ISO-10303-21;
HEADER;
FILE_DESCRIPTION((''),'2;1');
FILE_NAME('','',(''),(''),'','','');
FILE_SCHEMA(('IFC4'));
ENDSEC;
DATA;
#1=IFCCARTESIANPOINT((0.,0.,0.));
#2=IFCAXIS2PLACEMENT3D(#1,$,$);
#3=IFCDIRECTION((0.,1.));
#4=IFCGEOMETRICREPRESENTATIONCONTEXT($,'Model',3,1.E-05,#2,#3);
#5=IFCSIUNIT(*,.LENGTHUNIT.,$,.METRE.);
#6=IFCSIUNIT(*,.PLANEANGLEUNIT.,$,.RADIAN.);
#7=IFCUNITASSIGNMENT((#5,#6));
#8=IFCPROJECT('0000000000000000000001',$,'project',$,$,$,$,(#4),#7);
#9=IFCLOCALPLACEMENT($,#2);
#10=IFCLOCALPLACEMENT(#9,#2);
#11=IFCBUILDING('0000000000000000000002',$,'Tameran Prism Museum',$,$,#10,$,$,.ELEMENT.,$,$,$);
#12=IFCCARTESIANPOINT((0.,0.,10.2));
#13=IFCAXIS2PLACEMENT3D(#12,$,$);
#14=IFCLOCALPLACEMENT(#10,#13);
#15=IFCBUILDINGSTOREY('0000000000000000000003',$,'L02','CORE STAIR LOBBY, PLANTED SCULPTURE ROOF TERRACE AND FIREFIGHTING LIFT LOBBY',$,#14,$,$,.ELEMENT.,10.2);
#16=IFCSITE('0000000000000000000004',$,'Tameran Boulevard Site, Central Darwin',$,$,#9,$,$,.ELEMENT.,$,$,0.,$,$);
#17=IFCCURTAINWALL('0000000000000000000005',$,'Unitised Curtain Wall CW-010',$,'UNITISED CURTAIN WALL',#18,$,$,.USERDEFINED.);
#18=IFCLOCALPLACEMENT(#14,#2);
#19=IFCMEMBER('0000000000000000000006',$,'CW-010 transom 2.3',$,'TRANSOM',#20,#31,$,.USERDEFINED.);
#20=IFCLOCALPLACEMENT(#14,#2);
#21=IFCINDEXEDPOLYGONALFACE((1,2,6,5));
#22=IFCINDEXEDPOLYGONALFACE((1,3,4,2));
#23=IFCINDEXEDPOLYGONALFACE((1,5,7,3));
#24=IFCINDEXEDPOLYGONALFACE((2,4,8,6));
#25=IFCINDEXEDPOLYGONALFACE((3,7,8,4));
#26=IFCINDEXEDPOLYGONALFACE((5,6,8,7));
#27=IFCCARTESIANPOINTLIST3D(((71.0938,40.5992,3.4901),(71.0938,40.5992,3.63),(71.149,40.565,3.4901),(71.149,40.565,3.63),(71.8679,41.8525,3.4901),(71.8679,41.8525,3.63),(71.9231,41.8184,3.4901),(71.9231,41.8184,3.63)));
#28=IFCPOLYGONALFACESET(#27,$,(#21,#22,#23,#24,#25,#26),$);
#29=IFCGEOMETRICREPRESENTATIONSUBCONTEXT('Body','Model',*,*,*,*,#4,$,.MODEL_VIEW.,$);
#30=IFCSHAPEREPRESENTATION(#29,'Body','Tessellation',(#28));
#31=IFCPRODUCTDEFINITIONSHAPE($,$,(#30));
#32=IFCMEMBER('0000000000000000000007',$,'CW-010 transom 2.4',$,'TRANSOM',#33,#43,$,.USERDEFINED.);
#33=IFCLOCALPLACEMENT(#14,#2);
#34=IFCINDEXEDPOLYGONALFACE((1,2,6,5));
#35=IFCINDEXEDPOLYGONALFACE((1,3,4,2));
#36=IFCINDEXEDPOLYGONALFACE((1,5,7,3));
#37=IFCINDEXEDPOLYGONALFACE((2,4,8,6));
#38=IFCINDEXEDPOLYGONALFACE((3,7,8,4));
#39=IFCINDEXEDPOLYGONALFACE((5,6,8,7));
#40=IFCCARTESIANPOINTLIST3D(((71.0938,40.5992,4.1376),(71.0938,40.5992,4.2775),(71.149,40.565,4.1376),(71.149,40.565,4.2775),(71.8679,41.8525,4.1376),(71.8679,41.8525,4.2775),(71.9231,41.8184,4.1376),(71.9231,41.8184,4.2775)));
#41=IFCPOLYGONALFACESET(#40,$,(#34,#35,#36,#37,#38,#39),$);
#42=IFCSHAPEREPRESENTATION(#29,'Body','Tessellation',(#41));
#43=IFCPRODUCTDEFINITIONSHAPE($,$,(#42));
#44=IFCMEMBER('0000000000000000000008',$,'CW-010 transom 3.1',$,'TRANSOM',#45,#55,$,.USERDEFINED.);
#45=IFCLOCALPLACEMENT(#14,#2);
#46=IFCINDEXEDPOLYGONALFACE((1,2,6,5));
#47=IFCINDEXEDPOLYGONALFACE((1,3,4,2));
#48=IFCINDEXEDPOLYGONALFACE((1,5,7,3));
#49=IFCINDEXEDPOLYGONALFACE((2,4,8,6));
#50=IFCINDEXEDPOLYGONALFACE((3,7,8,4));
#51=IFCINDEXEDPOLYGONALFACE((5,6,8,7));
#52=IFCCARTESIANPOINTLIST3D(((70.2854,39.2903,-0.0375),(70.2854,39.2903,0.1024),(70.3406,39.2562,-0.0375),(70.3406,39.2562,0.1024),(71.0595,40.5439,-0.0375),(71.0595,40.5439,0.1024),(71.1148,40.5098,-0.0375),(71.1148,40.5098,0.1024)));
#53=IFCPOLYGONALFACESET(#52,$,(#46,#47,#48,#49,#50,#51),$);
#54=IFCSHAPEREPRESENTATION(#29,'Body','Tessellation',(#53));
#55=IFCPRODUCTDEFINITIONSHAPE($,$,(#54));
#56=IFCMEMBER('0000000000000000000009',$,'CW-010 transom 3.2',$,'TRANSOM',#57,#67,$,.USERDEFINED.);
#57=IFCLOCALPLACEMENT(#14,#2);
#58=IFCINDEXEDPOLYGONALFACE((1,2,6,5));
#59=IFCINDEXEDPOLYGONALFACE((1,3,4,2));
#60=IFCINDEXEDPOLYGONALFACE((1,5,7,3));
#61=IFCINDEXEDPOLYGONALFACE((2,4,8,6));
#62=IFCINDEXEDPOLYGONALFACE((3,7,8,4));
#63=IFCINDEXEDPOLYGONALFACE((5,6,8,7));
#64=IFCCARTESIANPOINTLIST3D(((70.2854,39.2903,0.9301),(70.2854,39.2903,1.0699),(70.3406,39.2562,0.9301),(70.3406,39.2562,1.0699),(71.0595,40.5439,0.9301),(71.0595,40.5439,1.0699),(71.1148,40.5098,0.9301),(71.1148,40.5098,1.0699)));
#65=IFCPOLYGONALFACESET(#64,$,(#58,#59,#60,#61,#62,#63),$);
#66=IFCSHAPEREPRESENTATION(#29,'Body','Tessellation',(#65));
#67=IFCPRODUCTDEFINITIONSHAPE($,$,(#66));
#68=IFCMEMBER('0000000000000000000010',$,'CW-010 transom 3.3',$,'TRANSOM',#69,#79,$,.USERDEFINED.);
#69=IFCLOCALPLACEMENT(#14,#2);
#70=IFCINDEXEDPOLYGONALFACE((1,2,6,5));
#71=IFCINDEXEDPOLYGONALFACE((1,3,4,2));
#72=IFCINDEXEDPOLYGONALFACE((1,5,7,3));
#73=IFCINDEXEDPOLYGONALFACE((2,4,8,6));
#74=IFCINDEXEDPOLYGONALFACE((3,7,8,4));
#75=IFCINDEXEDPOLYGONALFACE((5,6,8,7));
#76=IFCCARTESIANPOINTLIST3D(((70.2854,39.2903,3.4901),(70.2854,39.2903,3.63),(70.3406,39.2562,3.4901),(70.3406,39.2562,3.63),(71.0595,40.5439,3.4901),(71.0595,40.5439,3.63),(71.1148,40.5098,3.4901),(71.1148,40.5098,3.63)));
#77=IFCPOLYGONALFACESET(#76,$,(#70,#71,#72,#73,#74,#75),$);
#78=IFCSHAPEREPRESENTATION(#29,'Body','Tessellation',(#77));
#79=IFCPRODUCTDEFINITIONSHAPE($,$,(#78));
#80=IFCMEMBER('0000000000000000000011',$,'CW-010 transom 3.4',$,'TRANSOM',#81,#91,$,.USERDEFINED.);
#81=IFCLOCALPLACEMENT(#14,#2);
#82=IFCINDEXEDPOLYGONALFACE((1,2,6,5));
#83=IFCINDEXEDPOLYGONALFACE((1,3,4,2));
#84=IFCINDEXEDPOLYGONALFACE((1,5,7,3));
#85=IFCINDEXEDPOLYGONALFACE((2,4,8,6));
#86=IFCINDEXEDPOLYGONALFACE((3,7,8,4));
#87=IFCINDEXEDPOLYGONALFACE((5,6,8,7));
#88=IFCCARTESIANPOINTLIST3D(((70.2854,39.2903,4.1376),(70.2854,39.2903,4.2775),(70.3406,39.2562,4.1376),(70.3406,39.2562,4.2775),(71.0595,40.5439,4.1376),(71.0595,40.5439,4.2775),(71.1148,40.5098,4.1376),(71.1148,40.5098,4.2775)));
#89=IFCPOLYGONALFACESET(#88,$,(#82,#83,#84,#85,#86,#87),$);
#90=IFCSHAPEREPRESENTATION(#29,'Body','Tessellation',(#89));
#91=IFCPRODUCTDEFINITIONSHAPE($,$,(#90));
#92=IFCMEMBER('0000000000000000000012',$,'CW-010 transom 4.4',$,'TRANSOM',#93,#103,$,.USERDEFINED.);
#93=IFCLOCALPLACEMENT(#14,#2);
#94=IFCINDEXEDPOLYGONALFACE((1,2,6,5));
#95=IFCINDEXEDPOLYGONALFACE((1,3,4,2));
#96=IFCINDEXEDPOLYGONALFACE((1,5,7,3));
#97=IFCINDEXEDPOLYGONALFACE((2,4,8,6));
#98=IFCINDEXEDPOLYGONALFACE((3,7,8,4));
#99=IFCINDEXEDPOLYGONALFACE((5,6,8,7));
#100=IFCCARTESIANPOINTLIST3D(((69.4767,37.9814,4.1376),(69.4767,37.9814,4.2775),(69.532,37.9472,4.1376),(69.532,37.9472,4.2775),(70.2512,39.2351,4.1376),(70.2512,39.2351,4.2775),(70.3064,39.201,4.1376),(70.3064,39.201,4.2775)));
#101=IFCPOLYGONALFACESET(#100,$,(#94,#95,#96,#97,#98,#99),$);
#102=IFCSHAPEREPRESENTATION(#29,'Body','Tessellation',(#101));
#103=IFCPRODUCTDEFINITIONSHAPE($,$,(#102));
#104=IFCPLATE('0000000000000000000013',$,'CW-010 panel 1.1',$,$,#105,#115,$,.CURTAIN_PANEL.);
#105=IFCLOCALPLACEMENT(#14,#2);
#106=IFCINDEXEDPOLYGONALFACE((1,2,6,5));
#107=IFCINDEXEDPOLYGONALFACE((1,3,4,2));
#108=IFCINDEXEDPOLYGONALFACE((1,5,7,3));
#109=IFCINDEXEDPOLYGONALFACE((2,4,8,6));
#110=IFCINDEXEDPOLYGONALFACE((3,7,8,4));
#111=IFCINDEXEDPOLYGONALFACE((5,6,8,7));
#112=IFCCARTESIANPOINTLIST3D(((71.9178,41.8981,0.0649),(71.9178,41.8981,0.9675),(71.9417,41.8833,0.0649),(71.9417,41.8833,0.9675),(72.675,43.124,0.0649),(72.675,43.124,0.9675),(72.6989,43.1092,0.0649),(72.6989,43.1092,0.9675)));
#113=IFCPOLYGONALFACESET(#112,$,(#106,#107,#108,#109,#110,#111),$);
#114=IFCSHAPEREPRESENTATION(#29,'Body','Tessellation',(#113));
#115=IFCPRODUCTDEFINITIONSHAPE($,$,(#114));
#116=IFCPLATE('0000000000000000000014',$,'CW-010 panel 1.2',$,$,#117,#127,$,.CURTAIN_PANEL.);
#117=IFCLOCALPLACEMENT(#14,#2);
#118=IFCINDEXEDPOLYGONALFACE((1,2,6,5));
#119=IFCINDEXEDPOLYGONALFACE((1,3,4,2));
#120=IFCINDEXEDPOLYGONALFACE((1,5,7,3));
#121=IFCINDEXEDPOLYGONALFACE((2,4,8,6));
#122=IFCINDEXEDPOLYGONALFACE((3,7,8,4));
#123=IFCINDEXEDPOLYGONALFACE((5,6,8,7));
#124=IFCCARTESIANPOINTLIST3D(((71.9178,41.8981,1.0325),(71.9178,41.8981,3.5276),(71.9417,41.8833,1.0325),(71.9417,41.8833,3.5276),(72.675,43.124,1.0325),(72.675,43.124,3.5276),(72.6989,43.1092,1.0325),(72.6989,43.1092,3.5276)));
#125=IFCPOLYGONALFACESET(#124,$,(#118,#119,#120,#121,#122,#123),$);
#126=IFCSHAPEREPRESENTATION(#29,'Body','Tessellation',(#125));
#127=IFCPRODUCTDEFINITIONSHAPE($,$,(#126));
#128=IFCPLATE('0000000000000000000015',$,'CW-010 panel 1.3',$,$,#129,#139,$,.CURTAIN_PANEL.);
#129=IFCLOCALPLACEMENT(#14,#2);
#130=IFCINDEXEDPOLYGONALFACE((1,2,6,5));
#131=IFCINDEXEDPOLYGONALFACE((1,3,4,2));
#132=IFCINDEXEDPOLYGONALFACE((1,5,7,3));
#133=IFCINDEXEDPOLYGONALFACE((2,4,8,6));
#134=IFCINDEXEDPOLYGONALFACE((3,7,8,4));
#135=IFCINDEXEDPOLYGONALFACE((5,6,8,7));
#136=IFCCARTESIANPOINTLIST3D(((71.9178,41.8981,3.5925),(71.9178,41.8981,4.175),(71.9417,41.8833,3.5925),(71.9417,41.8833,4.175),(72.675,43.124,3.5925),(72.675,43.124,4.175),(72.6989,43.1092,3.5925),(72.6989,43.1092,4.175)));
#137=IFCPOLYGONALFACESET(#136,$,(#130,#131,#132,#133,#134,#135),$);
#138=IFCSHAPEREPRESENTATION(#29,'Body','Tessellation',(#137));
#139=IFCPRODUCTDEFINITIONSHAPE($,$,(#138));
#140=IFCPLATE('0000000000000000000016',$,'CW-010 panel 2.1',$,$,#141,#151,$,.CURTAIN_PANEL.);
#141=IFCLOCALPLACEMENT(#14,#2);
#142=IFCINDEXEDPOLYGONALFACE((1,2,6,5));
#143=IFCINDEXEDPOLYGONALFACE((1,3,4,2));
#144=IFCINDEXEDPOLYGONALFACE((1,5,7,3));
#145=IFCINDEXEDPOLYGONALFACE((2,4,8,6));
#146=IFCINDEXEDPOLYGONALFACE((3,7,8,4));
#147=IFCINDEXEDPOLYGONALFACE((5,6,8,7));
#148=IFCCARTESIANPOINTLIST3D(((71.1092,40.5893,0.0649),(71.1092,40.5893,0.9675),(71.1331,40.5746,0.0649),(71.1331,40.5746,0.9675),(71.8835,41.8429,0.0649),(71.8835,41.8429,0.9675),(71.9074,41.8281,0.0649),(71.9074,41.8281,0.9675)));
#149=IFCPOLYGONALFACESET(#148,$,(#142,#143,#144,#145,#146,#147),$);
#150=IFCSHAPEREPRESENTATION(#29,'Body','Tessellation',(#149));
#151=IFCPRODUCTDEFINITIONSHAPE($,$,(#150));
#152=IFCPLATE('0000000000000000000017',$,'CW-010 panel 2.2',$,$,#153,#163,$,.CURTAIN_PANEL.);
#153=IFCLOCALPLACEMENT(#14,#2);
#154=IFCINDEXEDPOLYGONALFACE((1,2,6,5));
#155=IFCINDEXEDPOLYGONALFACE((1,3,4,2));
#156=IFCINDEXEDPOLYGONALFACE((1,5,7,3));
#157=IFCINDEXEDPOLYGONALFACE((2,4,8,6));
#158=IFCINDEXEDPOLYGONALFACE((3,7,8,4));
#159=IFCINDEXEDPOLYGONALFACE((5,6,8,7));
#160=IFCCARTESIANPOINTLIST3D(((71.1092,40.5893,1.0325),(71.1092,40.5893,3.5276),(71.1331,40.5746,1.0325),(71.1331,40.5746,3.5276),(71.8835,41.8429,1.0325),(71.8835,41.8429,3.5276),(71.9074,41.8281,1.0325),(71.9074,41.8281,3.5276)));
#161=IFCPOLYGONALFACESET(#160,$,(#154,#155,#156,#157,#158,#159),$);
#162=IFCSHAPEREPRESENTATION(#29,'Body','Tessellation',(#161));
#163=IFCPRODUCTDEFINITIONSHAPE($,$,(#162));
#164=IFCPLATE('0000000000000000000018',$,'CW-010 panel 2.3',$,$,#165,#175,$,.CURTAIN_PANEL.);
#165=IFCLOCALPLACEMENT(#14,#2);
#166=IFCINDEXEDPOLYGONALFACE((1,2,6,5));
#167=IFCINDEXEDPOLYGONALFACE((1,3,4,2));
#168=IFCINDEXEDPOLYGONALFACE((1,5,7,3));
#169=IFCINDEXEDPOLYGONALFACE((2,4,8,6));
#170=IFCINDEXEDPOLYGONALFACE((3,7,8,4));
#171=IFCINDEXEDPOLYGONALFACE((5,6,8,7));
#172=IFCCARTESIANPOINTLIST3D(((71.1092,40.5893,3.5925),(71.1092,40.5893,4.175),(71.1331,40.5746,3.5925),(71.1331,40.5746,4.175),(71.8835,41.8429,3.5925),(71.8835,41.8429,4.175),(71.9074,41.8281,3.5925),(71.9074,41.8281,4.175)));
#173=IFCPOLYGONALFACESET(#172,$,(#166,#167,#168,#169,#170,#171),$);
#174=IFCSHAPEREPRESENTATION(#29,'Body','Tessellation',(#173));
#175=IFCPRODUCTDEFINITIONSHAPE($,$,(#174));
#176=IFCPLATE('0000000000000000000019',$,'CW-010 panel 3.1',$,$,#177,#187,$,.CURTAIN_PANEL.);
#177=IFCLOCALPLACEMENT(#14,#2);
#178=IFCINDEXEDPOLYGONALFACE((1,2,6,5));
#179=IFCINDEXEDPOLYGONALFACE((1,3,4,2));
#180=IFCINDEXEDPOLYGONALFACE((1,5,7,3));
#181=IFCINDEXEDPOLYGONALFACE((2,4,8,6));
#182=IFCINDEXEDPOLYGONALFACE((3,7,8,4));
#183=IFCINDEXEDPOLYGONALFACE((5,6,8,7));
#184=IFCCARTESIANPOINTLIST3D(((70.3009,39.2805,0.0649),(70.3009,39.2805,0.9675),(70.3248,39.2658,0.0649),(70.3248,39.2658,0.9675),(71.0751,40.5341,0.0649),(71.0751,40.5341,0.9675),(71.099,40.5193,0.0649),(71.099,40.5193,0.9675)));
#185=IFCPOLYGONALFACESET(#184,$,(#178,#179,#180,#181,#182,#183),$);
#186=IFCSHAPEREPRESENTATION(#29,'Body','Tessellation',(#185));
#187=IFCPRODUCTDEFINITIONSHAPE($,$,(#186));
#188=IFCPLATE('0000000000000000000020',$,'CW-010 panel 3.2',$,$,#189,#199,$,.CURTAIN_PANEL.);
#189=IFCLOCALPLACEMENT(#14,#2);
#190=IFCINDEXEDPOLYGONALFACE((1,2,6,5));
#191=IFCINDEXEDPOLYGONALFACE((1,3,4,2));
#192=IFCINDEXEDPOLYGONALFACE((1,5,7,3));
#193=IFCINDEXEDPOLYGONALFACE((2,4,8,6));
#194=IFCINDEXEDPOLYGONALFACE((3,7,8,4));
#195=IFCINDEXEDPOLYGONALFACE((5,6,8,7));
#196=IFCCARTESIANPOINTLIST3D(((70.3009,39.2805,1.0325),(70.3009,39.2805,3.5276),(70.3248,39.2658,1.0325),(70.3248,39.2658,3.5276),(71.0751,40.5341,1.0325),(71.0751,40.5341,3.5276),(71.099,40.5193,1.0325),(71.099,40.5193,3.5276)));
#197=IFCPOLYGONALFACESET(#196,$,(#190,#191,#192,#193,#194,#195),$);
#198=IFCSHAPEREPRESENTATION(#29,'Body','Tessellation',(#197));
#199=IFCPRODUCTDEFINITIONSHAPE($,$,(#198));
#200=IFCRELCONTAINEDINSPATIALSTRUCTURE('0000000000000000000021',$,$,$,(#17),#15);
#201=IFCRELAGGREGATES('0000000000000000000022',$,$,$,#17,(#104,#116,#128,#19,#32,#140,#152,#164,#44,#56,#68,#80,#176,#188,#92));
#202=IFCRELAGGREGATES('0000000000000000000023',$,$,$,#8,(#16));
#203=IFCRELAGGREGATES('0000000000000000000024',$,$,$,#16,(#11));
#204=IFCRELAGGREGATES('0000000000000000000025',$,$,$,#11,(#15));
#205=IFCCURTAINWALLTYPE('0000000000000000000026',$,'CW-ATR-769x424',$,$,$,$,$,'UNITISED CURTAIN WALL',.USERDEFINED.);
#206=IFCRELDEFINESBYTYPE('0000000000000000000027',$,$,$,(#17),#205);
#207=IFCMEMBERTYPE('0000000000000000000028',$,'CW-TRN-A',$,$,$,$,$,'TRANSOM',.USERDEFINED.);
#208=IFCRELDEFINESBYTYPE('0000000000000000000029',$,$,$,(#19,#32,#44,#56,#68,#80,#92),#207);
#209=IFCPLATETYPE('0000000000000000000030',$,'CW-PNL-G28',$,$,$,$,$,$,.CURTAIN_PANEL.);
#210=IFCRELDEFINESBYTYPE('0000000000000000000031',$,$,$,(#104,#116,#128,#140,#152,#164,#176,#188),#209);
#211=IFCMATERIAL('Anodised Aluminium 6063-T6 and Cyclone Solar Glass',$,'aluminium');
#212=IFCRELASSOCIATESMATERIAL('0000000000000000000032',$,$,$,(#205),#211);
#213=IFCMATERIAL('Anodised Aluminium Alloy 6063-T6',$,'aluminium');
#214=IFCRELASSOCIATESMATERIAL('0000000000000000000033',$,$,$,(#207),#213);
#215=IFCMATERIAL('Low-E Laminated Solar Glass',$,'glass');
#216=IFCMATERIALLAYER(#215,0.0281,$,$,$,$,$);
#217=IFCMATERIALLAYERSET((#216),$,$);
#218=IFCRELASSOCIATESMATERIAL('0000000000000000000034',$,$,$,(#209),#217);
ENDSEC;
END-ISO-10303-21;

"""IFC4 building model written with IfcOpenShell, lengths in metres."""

from ifc_helpers import new_model, si_unit, direction, frame, origin, origin_2d, place, context, subcontext, project, spatial, rectangle, extrude, material, layer, layer_set, material_profile, profile_set, type_object, element, aggregate, save


model = new_model("IFC4")

# Units and contexts
model_context = context("Model", 3, precision=1e-05, world=origin(), true_north=direction((0.0, 1.0)))
body_context = subcontext(model_context, "Body", "Model", "MODEL_VIEW")
ifc_project = project(units=[si_unit("LENGTHUNIT", "METRE"), si_unit("PLANEANGLEUNIT", "RADIAN")], contexts=[model_context])

# Site, building, storey
site_placement = place(None, origin())
site = spatial("IfcSite", under=ifc_project, at=site_placement, Name="Tameran Boulevard Site, Central Darwin", CompositionType="ELEMENT", RefElevation=0.0)
building_placement = place(site_placement, origin())
building = spatial("IfcBuilding", under=site, at=building_placement, Name="Tameran Prism Museum", CompositionType="ELEMENT")
storey_placement = place(building_placement, frame((0.0, 0.0, 10.2)))
storey = spatial("IfcBuildingStorey", under=building, at=storey_placement, Name="L02", Description="CORE STAIR LOBBY, PLANTED SCULPTURE ROOF TERRACE AND FIREFIGHTING LIFT LOBBY", CompositionType="ELEMENT", Elevation=10.2)

# Curtain wall, members, plates
ifc_material_1 = material(Name="Anodised Aluminium 6063-T6 and Cyclone Solar Glass", Category="aluminium")
curtain_wall_type = type_object("IfcCurtainWallType", Name="CW-ATR-769x424", ElementType="UNITISED CURTAIN WALL", PredefinedType="USERDEFINED", material=ifc_material_1)
curtain_wall_placement = place(storey_placement, origin())
curtain_wall = element("IfcCurtainWall", 1, at=curtain_wall_placement, inside=storey, type_object=curtain_wall_type, Name="Unitised Curtain Wall CW-010", ObjectType="UNITISED CURTAIN WALL", PredefinedType="USERDEFINED")
ifc_material_2 = material(Name="Anodised Aluminium Alloy 6063-T6", Category="aluminium")
ifc_material_profile_1 = material_profile(ifc_material_2, rectangle(XDim=0.0649, YDim=0.1399, at=origin_2d()))
ifc_profile_set_1 = profile_set([ifc_material_profile_1])
member_type_1 = type_object("IfcMemberType", Name="CW-TRN-A", ElementType="TRANSOM", PredefinedType="USERDEFINED", material=ifc_profile_set_1)
member_1_placement = place(storey_placement, frame((71.8955, 41.8354, 3.5601), z_axis=(-0.525493, -0.850798, 0.0), x_axis=(0.850798, -0.525493, 0.0)))
member_1 = element("IfcMember", 2, at=member_1_placement, type_object=member_type_1, Name="CW-010 transom 2.3", ObjectType="TRANSOM", PredefinedType="USERDEFINED", context=body_context, shape_type="SweptSolid", body=[
    extrude(rectangle(XDim=0.0649, YDim=0.1399, at=origin_2d()), origin(), (0.0, 0.0, 1.0), 1.4731),
])
member_2_placement = place(storey_placement, frame((71.8955, 41.8354, 4.2075), z_axis=(-0.525493, -0.850798, 0.0), x_axis=(0.850798, -0.525493, 0.0)))
member_2 = element("IfcMember", 3, at=member_2_placement, type_object=member_type_1, Name="CW-010 transom 2.4", ObjectType="TRANSOM", PredefinedType="USERDEFINED", context=body_context, shape_type="SweptSolid", body=[
    extrude(rectangle(XDim=0.0649, YDim=0.1399, at=origin_2d()), origin(), (0.0, 0.0, 1.0), 1.4731),
])
member_3_placement = place(storey_placement, frame((71.0872, 40.5269, 0.0325), z_axis=(-0.525419, -0.850844, 0.0), x_axis=(0.850844, -0.525419, 0.0)))
member_3 = element("IfcMember", 4, at=member_3_placement, type_object=member_type_1, Name="CW-010 transom 3.1", ObjectType="TRANSOM", PredefinedType="USERDEFINED", context=body_context, shape_type="SweptSolid", body=[
    extrude(rectangle(XDim=0.0649, YDim=0.1399, at=origin_2d()), origin(), (0.0, 0.0, 1.0), 1.4734),
])
member_4_placement = place(storey_placement, frame((71.0872, 40.5269, 1.0), z_axis=(-0.525419, -0.850844, 0.0), x_axis=(0.850844, -0.525419, 0.0)))
member_4 = element("IfcMember", 5, at=member_4_placement, type_object=member_type_1, Name="CW-010 transom 3.2", ObjectType="TRANSOM", PredefinedType="USERDEFINED", context=body_context, shape_type="SweptSolid", body=[
    extrude(rectangle(XDim=0.0649, YDim=0.1399, at=origin_2d()), origin(), (0.0, 0.0, 1.0), 1.4734),
])
member_5_placement = place(storey_placement, frame((71.0872, 40.5269, 3.5601), z_axis=(-0.525419, -0.850844, 0.0), x_axis=(0.850844, -0.525419, 0.0)))
member_5 = element("IfcMember", 6, at=member_5_placement, type_object=member_type_1, Name="CW-010 transom 3.3", ObjectType="TRANSOM", PredefinedType="USERDEFINED", context=body_context, shape_type="SweptSolid", body=[
    extrude(rectangle(XDim=0.0649, YDim=0.1399, at=origin_2d()), origin(), (0.0, 0.0, 1.0), 1.4734),
])
member_6_placement = place(storey_placement, frame((71.0872, 40.5269, 4.2075), z_axis=(-0.525419, -0.850844, 0.0), x_axis=(0.850844, -0.525419, 0.0)))
member_6 = element("IfcMember", 7, at=member_6_placement, type_object=member_type_1, Name="CW-010 transom 3.4", ObjectType="TRANSOM", PredefinedType="USERDEFINED", context=body_context, shape_type="SweptSolid", body=[
    extrude(rectangle(XDim=0.0649, YDim=0.1399, at=origin_2d()), origin(), (0.0, 0.0, 1.0), 1.4734),
])
member_7_placement = place(storey_placement, frame((70.2788, 39.218, 4.2075), z_axis=(-0.525539, -0.85077, 0.0), x_axis=(0.85077, -0.525539, 0.0)))
member_7 = element("IfcMember", 8, at=member_7_placement, type_object=member_type_1, Name="CW-010 transom 4.4", ObjectType="TRANSOM", PredefinedType="USERDEFINED", context=body_context, shape_type="SweptSolid", body=[
    extrude(rectangle(XDim=0.0649, YDim=0.1399, at=origin_2d()), origin(), (0.0, 0.0, 1.0), 1.4736),
])
ifc_material_3 = material(Name="Low-E Laminated Solar Glass", Category="glass")
ifc_layer_1 = layer(ifc_material_3, 0.0281)
ifc_layer_set_1 = layer_set([ifc_layer_1])
plate_type = type_object("IfcPlateType", Name="CW-PNL-G28", PredefinedType="CURTAIN_PANEL", material=ifc_layer_set_1)
plate_1_placement = place(storey_placement, frame((72.3083, 42.5037, 0.0649), z_axis=(0.0, 0.0, 1.0), x_axis=(-0.525504, -0.850791, 0.0)))
plate_1 = element("IfcPlate", 9, at=plate_1_placement, type_object=plate_type, Name="CW-010 panel 1.1", PredefinedType="CURTAIN_PANEL", context=body_context, shape_type="SweptSolid", body=[
    extrude(rectangle(XDim=1.4409, YDim=0.0281, at=origin_2d()), origin(), (0.0, 0.0, 1.0), 0.9026),
])
plate_2_placement = place(storey_placement, frame((72.3083, 42.5037, 1.0325), z_axis=(0.0, 0.0, 1.0), x_axis=(-0.525504, -0.850791, 0.0)))
plate_2 = element("IfcPlate", 10, at=plate_2_placement, type_object=plate_type, Name="CW-010 panel 1.2", PredefinedType="CURTAIN_PANEL", context=body_context, shape_type="SweptSolid", body=[
    extrude(rectangle(XDim=1.4409, YDim=0.0281, at=origin_2d()), origin(), (0.0, 0.0, 1.0), 2.4951),
])
plate_3_placement = place(storey_placement, frame((72.3083, 42.5037, 3.5925), z_axis=(0.0, 0.0, 1.0), x_axis=(-0.525504, -0.850791, 0.0)))
plate_3 = element("IfcPlate", 11, at=plate_3_placement, type_object=plate_type, Name="CW-010 panel 1.3", PredefinedType="CURTAIN_PANEL", context=body_context, shape_type="SweptSolid", body=[
    extrude(rectangle(XDim=1.4409, YDim=0.0281, at=origin_2d()), origin(), (0.0, 0.0, 1.0), 0.5825),
])
plate_4_placement = place(storey_placement, frame((71.5083, 41.2087, 0.0649), z_axis=(0.0, 0.0, 1.0), x_axis=(-0.525504, -0.850791, 0.0)))
plate_4 = element("IfcPlate", 12, at=plate_4_placement, type_object=plate_type, Name="CW-010 panel 2.1", PredefinedType="CURTAIN_PANEL", context=body_context, shape_type="SweptSolid", body=[
    extrude(rectangle(XDim=1.4734, YDim=0.0281, at=origin_2d()), origin(), (0.0, 0.0, 1.0), 0.9026),
])
plate_5_placement = place(storey_placement, frame((71.5083, 41.2087, 1.0325), z_axis=(0.0, 0.0, 1.0), x_axis=(-0.525504, -0.850791, 0.0)))
plate_5 = element("IfcPlate", 13, at=plate_5_placement, type_object=plate_type, Name="CW-010 panel 2.2", PredefinedType="CURTAIN_PANEL", context=body_context, shape_type="SweptSolid", body=[
    extrude(rectangle(XDim=1.4734, YDim=0.0281, at=origin_2d()), origin(), (0.0, 0.0, 1.0), 2.4951),
])
plate_6_placement = place(storey_placement, frame((71.5083, 41.2087, 3.5925), z_axis=(0.0, 0.0, 1.0), x_axis=(-0.525504, -0.850791, 0.0)))
plate_6 = element("IfcPlate", 14, at=plate_6_placement, type_object=plate_type, Name="CW-010 panel 2.3", PredefinedType="CURTAIN_PANEL", context=body_context, shape_type="SweptSolid", body=[
    extrude(rectangle(XDim=1.4734, YDim=0.0281, at=origin_2d()), origin(), (0.0, 0.0, 1.0), 0.5825),
])
plate_7_placement = place(storey_placement, frame((70.7, 39.8999, 0.0649), z_axis=(0.0, 0.0, 1.0), x_axis=(-0.525504, -0.850791, 0.0)))
plate_7 = element("IfcPlate", 15, at=plate_7_placement, type_object=plate_type, Name="CW-010 panel 3.1", PredefinedType="CURTAIN_PANEL", context=body_context, shape_type="SweptSolid", body=[
    extrude(rectangle(XDim=1.4734, YDim=0.0281, at=origin_2d()), origin(), (0.0, 0.0, 1.0), 0.9026),
])
plate_8_placement = place(storey_placement, frame((70.7, 39.8999, 1.0325), z_axis=(0.0, 0.0, 1.0), x_axis=(-0.525504, -0.850791, 0.0)))
plate_8 = element("IfcPlate", 16, at=plate_8_placement, type_object=plate_type, Name="CW-010 panel 3.2", PredefinedType="CURTAIN_PANEL", context=body_context, shape_type="SweptSolid", body=[
    extrude(rectangle(XDim=1.4734, YDim=0.0281, at=origin_2d()), origin(), (0.0, 0.0, 1.0), 2.4951),
])
aggregate(curtain_wall, [plate_1, plate_2, plate_3, member_1, member_2, plate_4, plate_5, plate_6, member_3, member_4, member_5, member_6, plate_7, plate_8, member_7])

save(model, "model.ifc")
